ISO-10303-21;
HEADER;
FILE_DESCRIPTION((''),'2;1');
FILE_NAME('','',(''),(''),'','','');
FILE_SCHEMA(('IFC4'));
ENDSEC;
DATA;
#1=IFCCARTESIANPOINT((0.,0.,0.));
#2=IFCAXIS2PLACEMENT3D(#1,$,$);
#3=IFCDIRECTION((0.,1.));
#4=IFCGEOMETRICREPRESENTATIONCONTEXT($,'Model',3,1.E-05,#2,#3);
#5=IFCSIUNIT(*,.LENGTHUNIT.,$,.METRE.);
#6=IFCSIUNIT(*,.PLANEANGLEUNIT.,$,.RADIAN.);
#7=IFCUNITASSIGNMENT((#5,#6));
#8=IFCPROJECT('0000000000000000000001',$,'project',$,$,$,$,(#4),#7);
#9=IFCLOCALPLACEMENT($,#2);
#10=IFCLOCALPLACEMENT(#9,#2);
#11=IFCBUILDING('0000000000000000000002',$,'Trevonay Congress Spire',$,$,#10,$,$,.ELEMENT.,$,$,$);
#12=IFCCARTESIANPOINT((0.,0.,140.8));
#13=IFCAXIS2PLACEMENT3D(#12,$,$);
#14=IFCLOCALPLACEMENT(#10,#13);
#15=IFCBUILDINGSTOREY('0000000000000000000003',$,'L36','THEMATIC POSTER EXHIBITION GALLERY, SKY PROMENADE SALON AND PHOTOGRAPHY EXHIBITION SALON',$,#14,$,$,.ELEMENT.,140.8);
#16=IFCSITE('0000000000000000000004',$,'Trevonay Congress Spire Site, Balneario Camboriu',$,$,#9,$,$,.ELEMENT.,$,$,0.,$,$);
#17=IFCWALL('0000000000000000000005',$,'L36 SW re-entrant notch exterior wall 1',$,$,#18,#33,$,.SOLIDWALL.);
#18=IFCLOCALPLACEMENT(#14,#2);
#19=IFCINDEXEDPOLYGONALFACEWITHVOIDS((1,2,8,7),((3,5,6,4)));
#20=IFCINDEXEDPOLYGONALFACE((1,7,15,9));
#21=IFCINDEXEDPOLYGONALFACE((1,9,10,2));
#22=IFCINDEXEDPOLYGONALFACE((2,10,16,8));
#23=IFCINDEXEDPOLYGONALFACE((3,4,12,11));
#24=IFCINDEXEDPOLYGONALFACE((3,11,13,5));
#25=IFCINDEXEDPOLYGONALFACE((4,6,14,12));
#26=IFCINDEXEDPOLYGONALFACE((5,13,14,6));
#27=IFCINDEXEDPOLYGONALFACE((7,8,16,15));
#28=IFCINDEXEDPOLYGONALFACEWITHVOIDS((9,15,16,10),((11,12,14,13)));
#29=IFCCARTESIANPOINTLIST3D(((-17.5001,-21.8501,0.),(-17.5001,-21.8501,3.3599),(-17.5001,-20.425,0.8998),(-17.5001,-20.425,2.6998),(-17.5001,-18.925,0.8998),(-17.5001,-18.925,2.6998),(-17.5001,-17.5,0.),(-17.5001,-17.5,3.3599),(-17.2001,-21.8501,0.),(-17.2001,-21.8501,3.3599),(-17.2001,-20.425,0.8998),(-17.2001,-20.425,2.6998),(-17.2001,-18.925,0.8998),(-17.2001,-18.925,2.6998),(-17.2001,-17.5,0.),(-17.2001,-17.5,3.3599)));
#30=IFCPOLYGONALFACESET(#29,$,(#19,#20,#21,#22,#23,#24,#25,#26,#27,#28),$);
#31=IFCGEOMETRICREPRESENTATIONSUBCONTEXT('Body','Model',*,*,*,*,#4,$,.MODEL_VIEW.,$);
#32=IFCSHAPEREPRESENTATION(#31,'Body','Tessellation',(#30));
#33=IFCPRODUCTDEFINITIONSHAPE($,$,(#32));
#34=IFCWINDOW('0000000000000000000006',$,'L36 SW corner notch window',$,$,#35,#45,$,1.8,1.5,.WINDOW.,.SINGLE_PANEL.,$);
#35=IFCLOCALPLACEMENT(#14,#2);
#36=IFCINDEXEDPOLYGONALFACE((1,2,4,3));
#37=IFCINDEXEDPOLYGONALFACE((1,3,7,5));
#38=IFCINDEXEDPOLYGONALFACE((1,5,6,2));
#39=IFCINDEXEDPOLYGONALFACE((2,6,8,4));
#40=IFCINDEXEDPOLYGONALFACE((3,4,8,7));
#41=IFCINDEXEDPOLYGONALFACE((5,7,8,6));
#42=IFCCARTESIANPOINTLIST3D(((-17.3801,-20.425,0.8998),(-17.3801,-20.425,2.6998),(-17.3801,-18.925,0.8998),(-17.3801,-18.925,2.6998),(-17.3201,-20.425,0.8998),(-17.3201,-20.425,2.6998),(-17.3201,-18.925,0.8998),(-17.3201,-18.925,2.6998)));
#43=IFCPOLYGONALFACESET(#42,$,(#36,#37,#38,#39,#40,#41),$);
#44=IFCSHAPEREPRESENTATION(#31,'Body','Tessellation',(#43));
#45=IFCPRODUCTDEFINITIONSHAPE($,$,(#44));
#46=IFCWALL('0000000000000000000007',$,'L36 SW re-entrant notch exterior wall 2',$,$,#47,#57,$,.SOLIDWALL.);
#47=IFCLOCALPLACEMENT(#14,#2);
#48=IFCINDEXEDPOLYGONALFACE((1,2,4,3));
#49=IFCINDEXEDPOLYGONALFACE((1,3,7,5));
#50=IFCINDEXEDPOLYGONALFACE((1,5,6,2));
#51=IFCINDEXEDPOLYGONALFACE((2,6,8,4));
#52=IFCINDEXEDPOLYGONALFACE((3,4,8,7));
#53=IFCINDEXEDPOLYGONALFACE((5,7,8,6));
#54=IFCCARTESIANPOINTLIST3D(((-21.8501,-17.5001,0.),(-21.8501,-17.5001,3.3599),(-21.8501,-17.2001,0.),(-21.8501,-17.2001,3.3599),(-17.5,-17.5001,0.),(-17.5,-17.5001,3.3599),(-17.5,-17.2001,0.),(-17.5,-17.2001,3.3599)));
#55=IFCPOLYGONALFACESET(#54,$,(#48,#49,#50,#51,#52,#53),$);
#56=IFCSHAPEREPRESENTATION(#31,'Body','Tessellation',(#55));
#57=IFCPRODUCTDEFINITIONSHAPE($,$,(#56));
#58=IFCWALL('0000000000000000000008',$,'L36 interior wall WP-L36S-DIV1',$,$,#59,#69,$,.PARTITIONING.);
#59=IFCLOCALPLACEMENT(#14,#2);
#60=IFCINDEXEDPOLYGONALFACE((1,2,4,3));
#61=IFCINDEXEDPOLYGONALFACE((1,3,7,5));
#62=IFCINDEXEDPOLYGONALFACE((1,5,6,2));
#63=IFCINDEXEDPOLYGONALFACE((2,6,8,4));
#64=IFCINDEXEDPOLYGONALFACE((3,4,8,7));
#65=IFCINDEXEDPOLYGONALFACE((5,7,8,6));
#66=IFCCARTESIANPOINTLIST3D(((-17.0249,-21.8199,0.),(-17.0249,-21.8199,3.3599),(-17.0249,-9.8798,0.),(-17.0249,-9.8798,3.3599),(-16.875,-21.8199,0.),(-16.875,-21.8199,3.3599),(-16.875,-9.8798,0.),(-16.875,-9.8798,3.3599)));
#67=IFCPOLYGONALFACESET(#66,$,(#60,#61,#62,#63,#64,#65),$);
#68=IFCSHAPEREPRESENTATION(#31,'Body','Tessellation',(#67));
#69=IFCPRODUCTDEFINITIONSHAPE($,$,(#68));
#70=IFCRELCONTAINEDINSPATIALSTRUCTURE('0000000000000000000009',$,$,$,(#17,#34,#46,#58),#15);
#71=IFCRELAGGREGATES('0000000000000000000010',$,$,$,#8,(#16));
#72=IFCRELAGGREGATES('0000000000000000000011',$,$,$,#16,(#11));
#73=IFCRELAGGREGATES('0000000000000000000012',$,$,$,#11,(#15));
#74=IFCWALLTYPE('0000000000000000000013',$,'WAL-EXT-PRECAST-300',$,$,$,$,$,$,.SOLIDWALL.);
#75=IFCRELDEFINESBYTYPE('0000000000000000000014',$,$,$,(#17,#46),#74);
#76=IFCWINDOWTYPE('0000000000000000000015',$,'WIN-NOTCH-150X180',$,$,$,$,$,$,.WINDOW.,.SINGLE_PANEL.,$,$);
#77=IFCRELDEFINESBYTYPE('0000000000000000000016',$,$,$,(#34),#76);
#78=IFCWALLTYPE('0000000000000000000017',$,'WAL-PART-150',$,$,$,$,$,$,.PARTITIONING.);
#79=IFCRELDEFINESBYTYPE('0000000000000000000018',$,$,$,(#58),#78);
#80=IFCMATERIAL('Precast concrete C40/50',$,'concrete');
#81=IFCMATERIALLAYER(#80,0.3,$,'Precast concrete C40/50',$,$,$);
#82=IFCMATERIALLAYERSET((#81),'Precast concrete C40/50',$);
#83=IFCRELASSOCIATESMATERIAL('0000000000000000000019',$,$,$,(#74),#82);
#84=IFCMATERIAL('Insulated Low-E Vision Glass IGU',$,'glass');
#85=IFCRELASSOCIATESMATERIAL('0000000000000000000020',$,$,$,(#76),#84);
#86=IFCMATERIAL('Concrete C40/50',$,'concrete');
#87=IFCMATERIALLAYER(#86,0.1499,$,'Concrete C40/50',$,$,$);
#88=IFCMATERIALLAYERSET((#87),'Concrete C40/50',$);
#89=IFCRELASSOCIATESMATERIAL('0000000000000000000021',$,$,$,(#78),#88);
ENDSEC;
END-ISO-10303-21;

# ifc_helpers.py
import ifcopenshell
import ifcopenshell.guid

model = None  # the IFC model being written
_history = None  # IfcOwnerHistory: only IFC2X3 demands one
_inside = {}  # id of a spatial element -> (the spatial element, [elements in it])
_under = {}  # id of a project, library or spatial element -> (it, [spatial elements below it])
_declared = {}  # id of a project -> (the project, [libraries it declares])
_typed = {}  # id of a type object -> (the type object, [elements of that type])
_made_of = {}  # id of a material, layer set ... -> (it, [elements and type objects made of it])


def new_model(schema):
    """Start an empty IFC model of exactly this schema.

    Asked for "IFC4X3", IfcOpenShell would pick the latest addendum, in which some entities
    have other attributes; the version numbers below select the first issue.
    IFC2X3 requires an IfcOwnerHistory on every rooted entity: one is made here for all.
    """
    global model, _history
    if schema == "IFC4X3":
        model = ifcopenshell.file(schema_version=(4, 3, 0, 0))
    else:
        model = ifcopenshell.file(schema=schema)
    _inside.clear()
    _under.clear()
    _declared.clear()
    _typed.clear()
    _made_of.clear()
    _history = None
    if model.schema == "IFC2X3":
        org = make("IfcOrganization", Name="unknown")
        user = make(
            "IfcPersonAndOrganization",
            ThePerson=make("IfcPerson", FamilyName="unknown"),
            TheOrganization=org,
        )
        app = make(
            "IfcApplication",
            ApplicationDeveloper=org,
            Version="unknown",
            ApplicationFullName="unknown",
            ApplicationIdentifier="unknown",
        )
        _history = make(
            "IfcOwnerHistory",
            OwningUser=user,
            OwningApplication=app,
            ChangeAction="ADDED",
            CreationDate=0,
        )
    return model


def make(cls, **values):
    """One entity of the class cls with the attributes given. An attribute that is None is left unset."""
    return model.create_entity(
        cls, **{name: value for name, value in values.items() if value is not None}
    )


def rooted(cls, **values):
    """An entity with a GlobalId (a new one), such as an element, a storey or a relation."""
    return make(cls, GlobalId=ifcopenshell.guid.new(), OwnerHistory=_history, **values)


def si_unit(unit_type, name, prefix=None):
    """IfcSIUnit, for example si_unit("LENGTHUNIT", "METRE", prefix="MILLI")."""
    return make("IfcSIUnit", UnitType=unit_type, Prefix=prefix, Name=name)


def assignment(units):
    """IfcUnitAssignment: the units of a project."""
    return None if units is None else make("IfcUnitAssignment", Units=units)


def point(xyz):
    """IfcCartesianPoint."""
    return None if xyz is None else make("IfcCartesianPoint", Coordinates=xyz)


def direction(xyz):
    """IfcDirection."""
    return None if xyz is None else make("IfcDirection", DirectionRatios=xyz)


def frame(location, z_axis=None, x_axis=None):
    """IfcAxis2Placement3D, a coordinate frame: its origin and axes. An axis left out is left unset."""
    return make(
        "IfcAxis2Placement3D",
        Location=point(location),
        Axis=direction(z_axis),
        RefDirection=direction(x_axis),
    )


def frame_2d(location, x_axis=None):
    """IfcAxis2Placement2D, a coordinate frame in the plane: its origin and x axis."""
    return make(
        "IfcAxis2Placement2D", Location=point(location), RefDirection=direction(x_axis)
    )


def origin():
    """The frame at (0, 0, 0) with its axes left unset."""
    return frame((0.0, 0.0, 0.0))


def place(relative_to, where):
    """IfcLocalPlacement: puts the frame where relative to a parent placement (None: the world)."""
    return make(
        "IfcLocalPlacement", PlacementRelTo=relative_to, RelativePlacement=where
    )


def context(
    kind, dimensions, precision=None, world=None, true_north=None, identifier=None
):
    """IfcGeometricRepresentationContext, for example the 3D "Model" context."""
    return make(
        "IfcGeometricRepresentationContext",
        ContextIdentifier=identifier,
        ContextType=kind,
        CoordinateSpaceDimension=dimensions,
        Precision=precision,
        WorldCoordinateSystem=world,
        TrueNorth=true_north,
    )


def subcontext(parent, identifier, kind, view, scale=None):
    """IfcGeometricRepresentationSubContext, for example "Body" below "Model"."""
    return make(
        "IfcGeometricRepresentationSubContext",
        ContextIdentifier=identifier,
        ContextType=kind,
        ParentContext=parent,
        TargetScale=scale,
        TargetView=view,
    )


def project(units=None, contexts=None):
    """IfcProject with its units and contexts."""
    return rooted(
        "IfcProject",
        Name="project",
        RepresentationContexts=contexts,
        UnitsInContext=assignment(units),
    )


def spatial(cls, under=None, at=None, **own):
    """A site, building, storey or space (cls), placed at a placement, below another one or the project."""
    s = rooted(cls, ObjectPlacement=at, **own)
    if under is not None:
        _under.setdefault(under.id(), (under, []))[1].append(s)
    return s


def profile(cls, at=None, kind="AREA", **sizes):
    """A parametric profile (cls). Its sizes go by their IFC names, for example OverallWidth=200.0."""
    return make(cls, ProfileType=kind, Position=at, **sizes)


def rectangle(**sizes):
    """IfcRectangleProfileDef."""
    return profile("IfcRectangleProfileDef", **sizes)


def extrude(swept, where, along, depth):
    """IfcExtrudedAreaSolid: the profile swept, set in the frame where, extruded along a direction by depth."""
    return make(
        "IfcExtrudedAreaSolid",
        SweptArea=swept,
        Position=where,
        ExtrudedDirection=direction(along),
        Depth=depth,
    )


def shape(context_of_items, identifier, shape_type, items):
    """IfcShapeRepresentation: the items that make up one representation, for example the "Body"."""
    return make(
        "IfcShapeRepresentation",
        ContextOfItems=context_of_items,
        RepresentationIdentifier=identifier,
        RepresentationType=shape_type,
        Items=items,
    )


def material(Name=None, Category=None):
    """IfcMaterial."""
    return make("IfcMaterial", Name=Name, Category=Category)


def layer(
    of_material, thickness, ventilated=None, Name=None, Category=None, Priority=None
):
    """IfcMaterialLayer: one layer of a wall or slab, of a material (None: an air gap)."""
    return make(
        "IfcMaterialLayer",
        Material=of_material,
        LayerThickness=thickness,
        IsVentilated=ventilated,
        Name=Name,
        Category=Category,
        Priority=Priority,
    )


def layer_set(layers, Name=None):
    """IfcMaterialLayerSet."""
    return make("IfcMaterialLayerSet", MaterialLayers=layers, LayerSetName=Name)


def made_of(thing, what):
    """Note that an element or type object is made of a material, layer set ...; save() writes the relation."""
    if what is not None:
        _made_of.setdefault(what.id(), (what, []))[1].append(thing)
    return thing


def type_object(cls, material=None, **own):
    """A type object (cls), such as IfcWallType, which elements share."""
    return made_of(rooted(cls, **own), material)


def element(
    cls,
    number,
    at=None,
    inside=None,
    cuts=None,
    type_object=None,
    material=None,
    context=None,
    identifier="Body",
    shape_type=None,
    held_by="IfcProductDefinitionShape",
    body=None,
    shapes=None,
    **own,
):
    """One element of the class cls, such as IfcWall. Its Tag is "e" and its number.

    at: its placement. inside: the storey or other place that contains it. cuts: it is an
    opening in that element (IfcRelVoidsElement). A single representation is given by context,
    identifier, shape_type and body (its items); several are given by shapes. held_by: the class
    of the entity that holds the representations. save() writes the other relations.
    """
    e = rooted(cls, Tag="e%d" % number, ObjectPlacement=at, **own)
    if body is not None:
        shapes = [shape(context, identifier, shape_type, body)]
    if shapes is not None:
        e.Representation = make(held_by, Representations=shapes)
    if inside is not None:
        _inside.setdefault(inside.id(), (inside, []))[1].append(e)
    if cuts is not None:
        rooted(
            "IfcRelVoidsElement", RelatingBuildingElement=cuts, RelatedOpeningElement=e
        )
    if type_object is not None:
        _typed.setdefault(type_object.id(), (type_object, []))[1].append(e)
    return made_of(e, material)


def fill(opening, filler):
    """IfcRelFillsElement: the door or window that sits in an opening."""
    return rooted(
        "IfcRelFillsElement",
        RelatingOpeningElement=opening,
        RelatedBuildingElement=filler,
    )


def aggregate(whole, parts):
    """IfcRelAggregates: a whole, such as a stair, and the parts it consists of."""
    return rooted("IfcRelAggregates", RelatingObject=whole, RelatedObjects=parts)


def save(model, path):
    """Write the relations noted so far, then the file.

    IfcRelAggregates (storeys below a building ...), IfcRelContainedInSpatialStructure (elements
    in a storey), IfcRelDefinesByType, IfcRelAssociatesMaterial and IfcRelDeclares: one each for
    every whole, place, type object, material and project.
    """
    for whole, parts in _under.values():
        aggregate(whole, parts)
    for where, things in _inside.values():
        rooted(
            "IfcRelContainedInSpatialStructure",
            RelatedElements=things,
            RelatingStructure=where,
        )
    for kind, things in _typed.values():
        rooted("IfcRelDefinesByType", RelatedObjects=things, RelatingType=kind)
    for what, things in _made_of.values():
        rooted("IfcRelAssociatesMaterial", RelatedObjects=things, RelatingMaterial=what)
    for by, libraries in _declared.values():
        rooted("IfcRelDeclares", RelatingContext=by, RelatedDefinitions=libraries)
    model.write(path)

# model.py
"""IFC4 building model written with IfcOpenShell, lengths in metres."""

from ifc_helpers import new_model, si_unit, direction, frame, frame_2d, origin, place, context, subcontext, project, spatial, rectangle, extrude, material, layer, layer_set, type_object, element, fill, save


model = new_model("IFC4")

# Units and contexts
model_context = context("Model", 3, precision=1e-05, world=origin(), true_north=direction((0.0, 1.0)))
body_context = subcontext(model_context, "Body", "Model", "MODEL_VIEW")
ifc_project = project(units=[si_unit("LENGTHUNIT", "METRE"), si_unit("PLANEANGLEUNIT", "RADIAN")], contexts=[model_context])

# Site, building, storey
site_placement = place(None, origin())
site = spatial("IfcSite", under=ifc_project, at=site_placement, Name="Trevonay Congress Spire Site, Balneario Camboriu", CompositionType="ELEMENT", RefElevation=0.0)
building_placement = place(site_placement, origin())
building = spatial("IfcBuilding", under=site, at=building_placement, Name="Trevonay Congress Spire", CompositionType="ELEMENT")
storey_placement = place(building_placement, frame((0.0, 0.0, 140.8)))
storey = spatial("IfcBuildingStorey", under=building, at=storey_placement, Name="L36", Description="THEMATIC POSTER EXHIBITION GALLERY, SKY PROMENADE SALON AND PHOTOGRAPHY EXHIBITION SALON", CompositionType="ELEMENT", Elevation=140.8)

# Shared definitions
ifc_material_1 = material(Name="Insulated Low-E Vision Glass IGU", Category="glass")

# Wall, opening, window
ifc_material_2 = material(Name="Precast concrete C40/50", Category="concrete")
ifc_layer_1 = layer(ifc_material_2, 0.3, Name="Precast concrete C40/50")
ifc_layer_set_1 = layer_set([ifc_layer_1], Name="Precast concrete C40/50")
wall_type_1 = type_object("IfcWallType", Name="WAL-EXT-PRECAST-300", PredefinedType="SOLIDWALL", material=ifc_layer_set_1)
wall_1_placement = place(storey_placement, frame((-17.3501, -21.8501, 0.0), z_axis=(0.0, 0.0, 1.0), x_axis=(0.0, 1.0, 0.0)))
wall_1 = element("IfcWall", 1, at=wall_1_placement, inside=storey, type_object=wall_type_1, Name="L36 SW re-entrant notch exterior wall 1", PredefinedType="SOLIDWALL", context=body_context, shape_type="SweptSolid", body=[
    extrude(rectangle(XDim=4.3501, YDim=0.3, at=frame_2d((2.175, 0.0))), origin(), (0.0, 0.0, 1.0), 3.3599),
])
opening_placement = place(wall_1_placement, frame((1.425, 0.0, 0.8999)))
opening = element("IfcOpeningElement", 2, at=opening_placement, cuts=wall_1, PredefinedType="OPENING", context=body_context, shape_type="SweptSolid", body=[
    extrude(rectangle(XDim=1.5, YDim=1.8, at=frame_2d((0.75, 0.8999))), frame((0.0, 0.1602, 0.0), z_axis=(0.0, -1.0, 0.0), x_axis=(1.0, 0.0, 0.0)), (0.0, 0.0, 1.0), 0.3201),
])
window_type = type_object("IfcWindowType", Name="WIN-NOTCH-150X180", PartitioningType="SINGLE_PANEL", PredefinedType="WINDOW", material=ifc_material_1)
window_placement = place(opening_placement, origin())
window = element("IfcWindow", 3, at=window_placement, inside=storey, type_object=window_type, Name="L36 SW corner notch window", OverallHeight=1.8, OverallWidth=1.5, PartitioningType="SINGLE_PANEL", PredefinedType="WINDOW", context=body_context, shape_type="SweptSolid", body=[
    extrude(rectangle(XDim=1.5, YDim=1.8, at=frame_2d((0.75, 0.8999))), frame((0.0, 0.03, 0.0), z_axis=(0.0, -1.0, 0.0), x_axis=(1.0, 0.0, 0.0)), (0.0, 0.0, 1.0), 0.0601),
])
fill(opening, window)

# Walls
wall_2_placement = place(storey_placement, frame((-21.8501, -17.3501, 0.0), z_axis=(0.0, 0.0, 1.0), x_axis=(1.0, 0.0, 0.0)))
element("IfcWall", 4, at=wall_2_placement, inside=storey, type_object=wall_type_1, Name="L36 SW re-entrant notch exterior wall 2", PredefinedType="SOLIDWALL", context=body_context, shape_type="SweptSolid", body=[
    extrude(rectangle(XDim=4.3501, YDim=0.3, at=frame_2d((2.175, 0.0))), origin(), (0.0, 0.0, 1.0), 3.3599),
])
ifc_material_3 = material(Name="Concrete C40/50", Category="concrete")
ifc_layer_2 = layer(ifc_material_3, 0.1499, Name="Concrete C40/50")
ifc_layer_set_2 = layer_set([ifc_layer_2], Name="Concrete C40/50")
wall_type_2 = type_object("IfcWallType", Name="WAL-PART-150", PredefinedType="PARTITIONING", material=ifc_layer_set_2)
wall_3_placement = place(storey_placement, frame((-16.95, -21.8201, 0.0), z_axis=(0.0, 0.0, 1.0), x_axis=(0.0, 1.0, 0.0)))
element("IfcWall", 5, at=wall_3_placement, inside=storey, type_object=wall_type_2, Name="L36 interior wall WP-L36S-DIV1", PredefinedType="PARTITIONING", context=body_context, shape_type="SweptSolid", body=[
    extrude(rectangle(XDim=11.9402, YDim=0.1499, at=frame_2d((5.9702, 0.0))), origin(), (0.0, 0.0, 1.0), 3.3599),
])

save(model, "model.ifc")
